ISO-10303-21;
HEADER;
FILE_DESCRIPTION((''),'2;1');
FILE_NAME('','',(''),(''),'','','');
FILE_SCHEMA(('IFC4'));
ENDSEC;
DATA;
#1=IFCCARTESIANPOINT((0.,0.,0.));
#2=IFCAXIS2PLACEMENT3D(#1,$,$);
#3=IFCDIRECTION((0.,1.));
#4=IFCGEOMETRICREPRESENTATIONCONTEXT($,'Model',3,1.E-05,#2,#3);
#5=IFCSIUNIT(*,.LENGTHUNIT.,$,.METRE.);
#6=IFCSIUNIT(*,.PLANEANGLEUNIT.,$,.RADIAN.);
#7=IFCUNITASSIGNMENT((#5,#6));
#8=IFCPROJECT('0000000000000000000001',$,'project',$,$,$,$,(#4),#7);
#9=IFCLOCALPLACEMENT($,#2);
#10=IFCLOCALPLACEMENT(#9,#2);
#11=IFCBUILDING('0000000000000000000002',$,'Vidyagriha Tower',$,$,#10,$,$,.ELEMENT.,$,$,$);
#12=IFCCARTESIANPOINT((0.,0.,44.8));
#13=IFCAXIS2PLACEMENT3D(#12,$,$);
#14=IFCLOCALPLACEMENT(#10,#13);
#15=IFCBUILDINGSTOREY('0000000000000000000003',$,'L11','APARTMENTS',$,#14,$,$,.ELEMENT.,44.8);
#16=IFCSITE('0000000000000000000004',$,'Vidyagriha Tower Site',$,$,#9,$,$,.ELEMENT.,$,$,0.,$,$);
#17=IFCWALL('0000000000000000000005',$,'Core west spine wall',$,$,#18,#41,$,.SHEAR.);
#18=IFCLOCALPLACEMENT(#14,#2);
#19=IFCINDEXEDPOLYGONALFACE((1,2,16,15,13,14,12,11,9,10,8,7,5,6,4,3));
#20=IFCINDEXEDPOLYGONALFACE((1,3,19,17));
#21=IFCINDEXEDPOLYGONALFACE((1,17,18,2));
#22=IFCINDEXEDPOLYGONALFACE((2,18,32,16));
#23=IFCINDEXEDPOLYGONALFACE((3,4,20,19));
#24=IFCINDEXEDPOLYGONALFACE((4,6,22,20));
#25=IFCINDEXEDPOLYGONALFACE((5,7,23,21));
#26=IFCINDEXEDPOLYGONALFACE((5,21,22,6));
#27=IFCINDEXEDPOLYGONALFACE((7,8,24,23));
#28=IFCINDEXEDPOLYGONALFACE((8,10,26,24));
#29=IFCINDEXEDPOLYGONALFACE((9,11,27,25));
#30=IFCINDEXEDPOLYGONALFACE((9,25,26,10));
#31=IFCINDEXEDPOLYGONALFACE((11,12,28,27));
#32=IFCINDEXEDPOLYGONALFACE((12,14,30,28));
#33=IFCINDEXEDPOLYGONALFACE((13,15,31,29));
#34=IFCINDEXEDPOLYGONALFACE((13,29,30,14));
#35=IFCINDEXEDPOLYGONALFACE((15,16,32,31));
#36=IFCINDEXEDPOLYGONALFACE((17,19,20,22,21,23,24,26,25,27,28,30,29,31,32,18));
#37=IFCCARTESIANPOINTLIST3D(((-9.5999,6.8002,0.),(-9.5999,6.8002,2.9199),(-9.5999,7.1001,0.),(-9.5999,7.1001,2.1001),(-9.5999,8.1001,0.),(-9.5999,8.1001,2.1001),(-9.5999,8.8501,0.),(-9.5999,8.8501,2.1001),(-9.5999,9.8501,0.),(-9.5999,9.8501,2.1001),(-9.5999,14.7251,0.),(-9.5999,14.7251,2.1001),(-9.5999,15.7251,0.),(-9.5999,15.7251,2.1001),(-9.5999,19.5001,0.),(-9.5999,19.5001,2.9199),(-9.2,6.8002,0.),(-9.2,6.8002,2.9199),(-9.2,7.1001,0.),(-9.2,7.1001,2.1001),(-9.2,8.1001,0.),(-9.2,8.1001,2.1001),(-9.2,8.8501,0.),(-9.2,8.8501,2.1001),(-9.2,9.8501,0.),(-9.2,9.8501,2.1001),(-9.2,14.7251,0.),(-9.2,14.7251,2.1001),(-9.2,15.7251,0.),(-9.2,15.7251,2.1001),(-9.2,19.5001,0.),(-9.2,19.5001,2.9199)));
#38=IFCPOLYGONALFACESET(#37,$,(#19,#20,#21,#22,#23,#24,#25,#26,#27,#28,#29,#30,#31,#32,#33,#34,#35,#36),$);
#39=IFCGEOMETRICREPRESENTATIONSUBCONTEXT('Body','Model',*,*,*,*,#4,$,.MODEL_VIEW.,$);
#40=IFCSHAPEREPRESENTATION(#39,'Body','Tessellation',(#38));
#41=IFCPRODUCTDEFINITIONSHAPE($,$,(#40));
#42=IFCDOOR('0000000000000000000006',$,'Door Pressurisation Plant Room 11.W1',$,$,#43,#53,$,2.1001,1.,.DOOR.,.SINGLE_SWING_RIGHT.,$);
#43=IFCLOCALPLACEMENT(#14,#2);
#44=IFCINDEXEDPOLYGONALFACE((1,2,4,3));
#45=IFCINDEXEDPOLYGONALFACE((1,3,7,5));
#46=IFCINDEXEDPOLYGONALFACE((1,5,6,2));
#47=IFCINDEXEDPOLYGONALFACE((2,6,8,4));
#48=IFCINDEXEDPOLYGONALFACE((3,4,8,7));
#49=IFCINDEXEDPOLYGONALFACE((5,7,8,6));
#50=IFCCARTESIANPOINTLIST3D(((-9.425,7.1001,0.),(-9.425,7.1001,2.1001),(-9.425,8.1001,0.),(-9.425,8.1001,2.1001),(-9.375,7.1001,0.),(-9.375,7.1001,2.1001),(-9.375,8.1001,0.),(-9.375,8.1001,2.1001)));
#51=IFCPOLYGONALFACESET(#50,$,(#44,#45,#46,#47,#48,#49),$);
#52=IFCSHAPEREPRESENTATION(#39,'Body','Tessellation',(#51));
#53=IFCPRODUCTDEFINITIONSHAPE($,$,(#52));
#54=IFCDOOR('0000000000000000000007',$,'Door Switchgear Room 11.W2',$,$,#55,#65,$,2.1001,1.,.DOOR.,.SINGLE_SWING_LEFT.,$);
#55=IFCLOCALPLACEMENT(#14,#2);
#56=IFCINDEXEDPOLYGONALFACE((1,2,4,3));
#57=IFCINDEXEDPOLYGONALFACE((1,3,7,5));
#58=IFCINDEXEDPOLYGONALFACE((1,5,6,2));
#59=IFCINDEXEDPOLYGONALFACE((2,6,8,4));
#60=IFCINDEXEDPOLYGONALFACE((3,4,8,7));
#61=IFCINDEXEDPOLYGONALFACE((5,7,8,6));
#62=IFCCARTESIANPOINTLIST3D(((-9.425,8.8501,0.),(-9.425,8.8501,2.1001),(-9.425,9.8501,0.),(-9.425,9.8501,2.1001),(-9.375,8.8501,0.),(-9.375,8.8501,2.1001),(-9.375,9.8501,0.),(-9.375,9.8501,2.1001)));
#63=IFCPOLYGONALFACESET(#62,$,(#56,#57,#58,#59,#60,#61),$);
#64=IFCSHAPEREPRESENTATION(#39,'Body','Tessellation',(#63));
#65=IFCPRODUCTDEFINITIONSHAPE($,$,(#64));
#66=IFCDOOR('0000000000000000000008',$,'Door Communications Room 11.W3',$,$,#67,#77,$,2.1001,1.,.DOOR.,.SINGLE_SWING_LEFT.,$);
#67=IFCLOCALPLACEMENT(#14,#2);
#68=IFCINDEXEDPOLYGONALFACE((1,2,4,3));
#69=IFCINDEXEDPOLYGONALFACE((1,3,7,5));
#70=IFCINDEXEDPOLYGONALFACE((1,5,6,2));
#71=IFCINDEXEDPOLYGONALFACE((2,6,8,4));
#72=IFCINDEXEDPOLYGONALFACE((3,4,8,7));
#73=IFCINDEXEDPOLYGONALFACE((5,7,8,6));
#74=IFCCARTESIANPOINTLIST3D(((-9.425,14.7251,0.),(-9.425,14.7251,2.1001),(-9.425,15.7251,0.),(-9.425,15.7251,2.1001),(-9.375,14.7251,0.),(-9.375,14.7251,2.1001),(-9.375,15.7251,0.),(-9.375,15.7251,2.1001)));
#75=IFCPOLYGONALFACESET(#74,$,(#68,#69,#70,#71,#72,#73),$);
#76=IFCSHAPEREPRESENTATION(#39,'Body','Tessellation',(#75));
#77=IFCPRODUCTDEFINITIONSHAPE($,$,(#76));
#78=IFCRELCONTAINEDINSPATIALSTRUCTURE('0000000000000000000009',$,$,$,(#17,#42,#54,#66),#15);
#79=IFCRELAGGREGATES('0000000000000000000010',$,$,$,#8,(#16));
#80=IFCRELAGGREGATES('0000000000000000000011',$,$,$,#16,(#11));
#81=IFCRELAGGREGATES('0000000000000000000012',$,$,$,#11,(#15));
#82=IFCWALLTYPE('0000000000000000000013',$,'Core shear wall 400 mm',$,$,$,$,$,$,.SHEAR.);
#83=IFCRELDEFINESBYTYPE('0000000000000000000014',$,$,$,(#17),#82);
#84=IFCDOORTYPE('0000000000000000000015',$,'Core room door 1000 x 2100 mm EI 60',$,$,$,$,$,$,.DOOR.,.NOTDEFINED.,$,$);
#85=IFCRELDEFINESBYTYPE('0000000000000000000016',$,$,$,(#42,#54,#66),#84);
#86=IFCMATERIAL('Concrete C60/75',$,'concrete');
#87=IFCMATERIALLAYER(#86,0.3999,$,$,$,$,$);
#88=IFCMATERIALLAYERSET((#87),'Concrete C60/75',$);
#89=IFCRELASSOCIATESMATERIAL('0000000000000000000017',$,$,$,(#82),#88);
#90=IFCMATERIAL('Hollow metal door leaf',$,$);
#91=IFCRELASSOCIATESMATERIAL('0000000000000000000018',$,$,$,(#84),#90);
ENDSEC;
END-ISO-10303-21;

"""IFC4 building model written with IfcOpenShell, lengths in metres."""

from ifc_helpers import new_model, si_unit, direction, frame, frame_2d, origin, place, context, subcontext, project, spatial, rectangle, extrude, material, layer, layer_set, type_object, element, fill, save


model = new_model("IFC4")

# Units and contexts
model_context = context("Model", 3, precision=1e-05, world=origin(), true_north=direction((0.0, 1.0)))
body_context = subcontext(model_context, "Body", "Model", "MODEL_VIEW")
ifc_project = project(units=[si_unit("LENGTHUNIT", "METRE"), si_unit("PLANEANGLEUNIT", "RADIAN")], contexts=[model_context])

# Site, building, storey
site_placement = place(None, origin())
site = spatial("IfcSite", under=ifc_project, at=site_placement, Name="Vidyagriha Tower Site", CompositionType="ELEMENT", RefElevation=0.0)
building_placement = place(site_placement, origin())
building = spatial("IfcBuilding", under=site, at=building_placement, Name="Vidyagriha Tower", CompositionType="ELEMENT")
storey_placement = place(building_placement, frame((0.0, 0.0, 44.8)))
storey = spatial("IfcBuildingStorey", under=building, at=storey_placement, Name="L11", Description="APARTMENTS", CompositionType="ELEMENT", Elevation=44.8)

# Wall, openings, doors
ifc_material_1 = material(Name="Concrete C60/75", Category="concrete")
ifc_layer_1 = layer(ifc_material_1, 0.3999)
ifc_layer_set_1 = layer_set([ifc_layer_1], Name="Concrete C60/75")
wall_type_1 = type_object("IfcWallType", Name="Core shear wall 400 mm", PredefinedType="SHEAR", material=ifc_layer_set_1)
wall_1_placement = place(storey_placement, frame((-9.3999, 6.8, 0.0), z_axis=(0.0, 0.0, 1.0), x_axis=(0.0, 1.0, 0.0)))
wall_1 = element("IfcWall", 1, at=wall_1_placement, inside=storey, type_object=wall_type_1, Name="Core west spine wall", PredefinedType="SHEAR", context=body_context, shape_type="SweptSolid", body=[
    extrude(rectangle(XDim=12.7, YDim=0.3999, at=frame_2d((6.3501, 0.0))), origin(), (0.0, 0.0, 1.0), 2.9199),
])
opening_1_placement = place(wall_1_placement, frame((0.3, 0.0, 0.0)))
opening_1 = element("IfcOpeningElement", 2, at=opening_1_placement, cuts=wall_1, PredefinedType="OPENING", context=body_context, shape_type="SweptSolid", body=[
    extrude(rectangle(XDim=1.0, YDim=2.1001, at=frame_2d((0.5, 1.05))), frame((0.0, 0.21, 0.0), z_axis=(0.0, -1.0, 0.0), x_axis=(1.0, 0.0, 0.0)), (0.0, 0.0, 1.0), 0.4199),
])
opening_2_placement = place(wall_1_placement, frame((2.05, 0.0, 0.0)))
opening_2 = element("IfcOpeningElement", 3, at=opening_2_placement, cuts=wall_1, PredefinedType="OPENING", context=body_context, shape_type="SweptSolid", body=[
    extrude(rectangle(XDim=1.0, YDim=2.1001, at=frame_2d((0.5, 1.05))), frame((0.0, 0.21, 0.0), z_axis=(0.0, -1.0, 0.0), x_axis=(1.0, 0.0, 0.0)), (0.0, 0.0, 1.0), 0.4199),
])
opening_3_placement = place(wall_1_placement, frame((7.925, 0.0, 0.0)))
opening_3 = element("IfcOpeningElement", 4, at=opening_3_placement, cuts=wall_1, PredefinedType="OPENING", context=body_context, shape_type="SweptSolid", body=[
    extrude(rectangle(XDim=1.0, YDim=2.1001, at=frame_2d((0.5, 1.05))), frame((0.0, 0.21, 0.0), z_axis=(0.0, -1.0, 0.0), x_axis=(1.0, 0.0, 0.0)), (0.0, 0.0, 1.0), 0.4199),
])
ifc_material_2 = material(Name="Hollow metal door leaf")
door_type_1 = type_object("IfcDoorType", Name="Core room door 1000 x 2100 mm EI 60", OperationType="NOTDEFINED", PredefinedType="DOOR", material=ifc_material_2)
door_1_placement = place(opening_1_placement, frame((1.0, 0.0, 0.0), z_axis=(0.0, 0.0, 1.0), x_axis=(-1.0, 0.0, 0.0)))
door_1 = element("IfcDoor", 5, at=door_1_placement, inside=storey, type_object=door_type_1, Name="Door Pressurisation Plant Room 11.W1", OperationType="SINGLE_SWING_RIGHT", OverallHeight=2.1001, OverallWidth=1.0, PredefinedType="DOOR", context=body_context, shape_type="SweptSolid", body=[
    extrude(rectangle(XDim=1.0, YDim=2.1001, at=frame_2d((0.5, 1.05))), frame((0.0, 0.0249, 0.0), z_axis=(0.0, -1.0, 0.0), x_axis=(1.0, 0.0, 0.0)), (0.0, 0.0, 1.0), 0.05),
])
fill(opening_1, door_1)
door_2_placement = place(opening_2_placement, frame((1.0, 0.0, 0.0), z_axis=(0.0, 0.0, 1.0), x_axis=(-1.0, 0.0, 0.0)))
door_2 = element("IfcDoor", 6, at=door_2_placement, inside=storey, type_object=door_type_1, Name="Door Switchgear Room 11.W2", OperationType="SINGLE_SWING_LEFT", OverallHeight=2.1001, OverallWidth=1.0, PredefinedType="DOOR", context=body_context, shape_type="SweptSolid", body=[
    extrude(rectangle(XDim=1.0, YDim=2.1001, at=frame_2d((0.5, 1.05))), frame((0.0, 0.0249, 0.0), z_axis=(0.0, -1.0, 0.0), x_axis=(1.0, 0.0, 0.0)), (0.0, 0.0, 1.0), 0.05),
])
fill(opening_2, door_2)
door_3_placement = place(opening_3_placement, frame((1.0, 0.0, 0.0), z_axis=(0.0, 0.0, 1.0), x_axis=(-1.0, 0.0, 0.0)))
door_3 = element("IfcDoor", 7, at=door_3_placement, inside=storey, type_object=door_type_1, Name="Door Communications Room 11.W3", OperationType="SINGLE_SWING_LEFT", OverallHeight=2.1001, OverallWidth=1.0, PredefinedType="DOOR", context=body_context, shape_type="SweptSolid", body=[
    extrude(rectangle(XDim=1.0, YDim=2.1001, at=frame_2d((0.5, 1.05))), frame((0.0, 0.0249, 0.0), z_axis=(0.0, -1.0, 0.0), x_axis=(1.0, 0.0, 0.0)), (0.0, 0.0, 1.0), 0.05),
])
fill(opening_3, door_3)

save(model, "model.ifc")
